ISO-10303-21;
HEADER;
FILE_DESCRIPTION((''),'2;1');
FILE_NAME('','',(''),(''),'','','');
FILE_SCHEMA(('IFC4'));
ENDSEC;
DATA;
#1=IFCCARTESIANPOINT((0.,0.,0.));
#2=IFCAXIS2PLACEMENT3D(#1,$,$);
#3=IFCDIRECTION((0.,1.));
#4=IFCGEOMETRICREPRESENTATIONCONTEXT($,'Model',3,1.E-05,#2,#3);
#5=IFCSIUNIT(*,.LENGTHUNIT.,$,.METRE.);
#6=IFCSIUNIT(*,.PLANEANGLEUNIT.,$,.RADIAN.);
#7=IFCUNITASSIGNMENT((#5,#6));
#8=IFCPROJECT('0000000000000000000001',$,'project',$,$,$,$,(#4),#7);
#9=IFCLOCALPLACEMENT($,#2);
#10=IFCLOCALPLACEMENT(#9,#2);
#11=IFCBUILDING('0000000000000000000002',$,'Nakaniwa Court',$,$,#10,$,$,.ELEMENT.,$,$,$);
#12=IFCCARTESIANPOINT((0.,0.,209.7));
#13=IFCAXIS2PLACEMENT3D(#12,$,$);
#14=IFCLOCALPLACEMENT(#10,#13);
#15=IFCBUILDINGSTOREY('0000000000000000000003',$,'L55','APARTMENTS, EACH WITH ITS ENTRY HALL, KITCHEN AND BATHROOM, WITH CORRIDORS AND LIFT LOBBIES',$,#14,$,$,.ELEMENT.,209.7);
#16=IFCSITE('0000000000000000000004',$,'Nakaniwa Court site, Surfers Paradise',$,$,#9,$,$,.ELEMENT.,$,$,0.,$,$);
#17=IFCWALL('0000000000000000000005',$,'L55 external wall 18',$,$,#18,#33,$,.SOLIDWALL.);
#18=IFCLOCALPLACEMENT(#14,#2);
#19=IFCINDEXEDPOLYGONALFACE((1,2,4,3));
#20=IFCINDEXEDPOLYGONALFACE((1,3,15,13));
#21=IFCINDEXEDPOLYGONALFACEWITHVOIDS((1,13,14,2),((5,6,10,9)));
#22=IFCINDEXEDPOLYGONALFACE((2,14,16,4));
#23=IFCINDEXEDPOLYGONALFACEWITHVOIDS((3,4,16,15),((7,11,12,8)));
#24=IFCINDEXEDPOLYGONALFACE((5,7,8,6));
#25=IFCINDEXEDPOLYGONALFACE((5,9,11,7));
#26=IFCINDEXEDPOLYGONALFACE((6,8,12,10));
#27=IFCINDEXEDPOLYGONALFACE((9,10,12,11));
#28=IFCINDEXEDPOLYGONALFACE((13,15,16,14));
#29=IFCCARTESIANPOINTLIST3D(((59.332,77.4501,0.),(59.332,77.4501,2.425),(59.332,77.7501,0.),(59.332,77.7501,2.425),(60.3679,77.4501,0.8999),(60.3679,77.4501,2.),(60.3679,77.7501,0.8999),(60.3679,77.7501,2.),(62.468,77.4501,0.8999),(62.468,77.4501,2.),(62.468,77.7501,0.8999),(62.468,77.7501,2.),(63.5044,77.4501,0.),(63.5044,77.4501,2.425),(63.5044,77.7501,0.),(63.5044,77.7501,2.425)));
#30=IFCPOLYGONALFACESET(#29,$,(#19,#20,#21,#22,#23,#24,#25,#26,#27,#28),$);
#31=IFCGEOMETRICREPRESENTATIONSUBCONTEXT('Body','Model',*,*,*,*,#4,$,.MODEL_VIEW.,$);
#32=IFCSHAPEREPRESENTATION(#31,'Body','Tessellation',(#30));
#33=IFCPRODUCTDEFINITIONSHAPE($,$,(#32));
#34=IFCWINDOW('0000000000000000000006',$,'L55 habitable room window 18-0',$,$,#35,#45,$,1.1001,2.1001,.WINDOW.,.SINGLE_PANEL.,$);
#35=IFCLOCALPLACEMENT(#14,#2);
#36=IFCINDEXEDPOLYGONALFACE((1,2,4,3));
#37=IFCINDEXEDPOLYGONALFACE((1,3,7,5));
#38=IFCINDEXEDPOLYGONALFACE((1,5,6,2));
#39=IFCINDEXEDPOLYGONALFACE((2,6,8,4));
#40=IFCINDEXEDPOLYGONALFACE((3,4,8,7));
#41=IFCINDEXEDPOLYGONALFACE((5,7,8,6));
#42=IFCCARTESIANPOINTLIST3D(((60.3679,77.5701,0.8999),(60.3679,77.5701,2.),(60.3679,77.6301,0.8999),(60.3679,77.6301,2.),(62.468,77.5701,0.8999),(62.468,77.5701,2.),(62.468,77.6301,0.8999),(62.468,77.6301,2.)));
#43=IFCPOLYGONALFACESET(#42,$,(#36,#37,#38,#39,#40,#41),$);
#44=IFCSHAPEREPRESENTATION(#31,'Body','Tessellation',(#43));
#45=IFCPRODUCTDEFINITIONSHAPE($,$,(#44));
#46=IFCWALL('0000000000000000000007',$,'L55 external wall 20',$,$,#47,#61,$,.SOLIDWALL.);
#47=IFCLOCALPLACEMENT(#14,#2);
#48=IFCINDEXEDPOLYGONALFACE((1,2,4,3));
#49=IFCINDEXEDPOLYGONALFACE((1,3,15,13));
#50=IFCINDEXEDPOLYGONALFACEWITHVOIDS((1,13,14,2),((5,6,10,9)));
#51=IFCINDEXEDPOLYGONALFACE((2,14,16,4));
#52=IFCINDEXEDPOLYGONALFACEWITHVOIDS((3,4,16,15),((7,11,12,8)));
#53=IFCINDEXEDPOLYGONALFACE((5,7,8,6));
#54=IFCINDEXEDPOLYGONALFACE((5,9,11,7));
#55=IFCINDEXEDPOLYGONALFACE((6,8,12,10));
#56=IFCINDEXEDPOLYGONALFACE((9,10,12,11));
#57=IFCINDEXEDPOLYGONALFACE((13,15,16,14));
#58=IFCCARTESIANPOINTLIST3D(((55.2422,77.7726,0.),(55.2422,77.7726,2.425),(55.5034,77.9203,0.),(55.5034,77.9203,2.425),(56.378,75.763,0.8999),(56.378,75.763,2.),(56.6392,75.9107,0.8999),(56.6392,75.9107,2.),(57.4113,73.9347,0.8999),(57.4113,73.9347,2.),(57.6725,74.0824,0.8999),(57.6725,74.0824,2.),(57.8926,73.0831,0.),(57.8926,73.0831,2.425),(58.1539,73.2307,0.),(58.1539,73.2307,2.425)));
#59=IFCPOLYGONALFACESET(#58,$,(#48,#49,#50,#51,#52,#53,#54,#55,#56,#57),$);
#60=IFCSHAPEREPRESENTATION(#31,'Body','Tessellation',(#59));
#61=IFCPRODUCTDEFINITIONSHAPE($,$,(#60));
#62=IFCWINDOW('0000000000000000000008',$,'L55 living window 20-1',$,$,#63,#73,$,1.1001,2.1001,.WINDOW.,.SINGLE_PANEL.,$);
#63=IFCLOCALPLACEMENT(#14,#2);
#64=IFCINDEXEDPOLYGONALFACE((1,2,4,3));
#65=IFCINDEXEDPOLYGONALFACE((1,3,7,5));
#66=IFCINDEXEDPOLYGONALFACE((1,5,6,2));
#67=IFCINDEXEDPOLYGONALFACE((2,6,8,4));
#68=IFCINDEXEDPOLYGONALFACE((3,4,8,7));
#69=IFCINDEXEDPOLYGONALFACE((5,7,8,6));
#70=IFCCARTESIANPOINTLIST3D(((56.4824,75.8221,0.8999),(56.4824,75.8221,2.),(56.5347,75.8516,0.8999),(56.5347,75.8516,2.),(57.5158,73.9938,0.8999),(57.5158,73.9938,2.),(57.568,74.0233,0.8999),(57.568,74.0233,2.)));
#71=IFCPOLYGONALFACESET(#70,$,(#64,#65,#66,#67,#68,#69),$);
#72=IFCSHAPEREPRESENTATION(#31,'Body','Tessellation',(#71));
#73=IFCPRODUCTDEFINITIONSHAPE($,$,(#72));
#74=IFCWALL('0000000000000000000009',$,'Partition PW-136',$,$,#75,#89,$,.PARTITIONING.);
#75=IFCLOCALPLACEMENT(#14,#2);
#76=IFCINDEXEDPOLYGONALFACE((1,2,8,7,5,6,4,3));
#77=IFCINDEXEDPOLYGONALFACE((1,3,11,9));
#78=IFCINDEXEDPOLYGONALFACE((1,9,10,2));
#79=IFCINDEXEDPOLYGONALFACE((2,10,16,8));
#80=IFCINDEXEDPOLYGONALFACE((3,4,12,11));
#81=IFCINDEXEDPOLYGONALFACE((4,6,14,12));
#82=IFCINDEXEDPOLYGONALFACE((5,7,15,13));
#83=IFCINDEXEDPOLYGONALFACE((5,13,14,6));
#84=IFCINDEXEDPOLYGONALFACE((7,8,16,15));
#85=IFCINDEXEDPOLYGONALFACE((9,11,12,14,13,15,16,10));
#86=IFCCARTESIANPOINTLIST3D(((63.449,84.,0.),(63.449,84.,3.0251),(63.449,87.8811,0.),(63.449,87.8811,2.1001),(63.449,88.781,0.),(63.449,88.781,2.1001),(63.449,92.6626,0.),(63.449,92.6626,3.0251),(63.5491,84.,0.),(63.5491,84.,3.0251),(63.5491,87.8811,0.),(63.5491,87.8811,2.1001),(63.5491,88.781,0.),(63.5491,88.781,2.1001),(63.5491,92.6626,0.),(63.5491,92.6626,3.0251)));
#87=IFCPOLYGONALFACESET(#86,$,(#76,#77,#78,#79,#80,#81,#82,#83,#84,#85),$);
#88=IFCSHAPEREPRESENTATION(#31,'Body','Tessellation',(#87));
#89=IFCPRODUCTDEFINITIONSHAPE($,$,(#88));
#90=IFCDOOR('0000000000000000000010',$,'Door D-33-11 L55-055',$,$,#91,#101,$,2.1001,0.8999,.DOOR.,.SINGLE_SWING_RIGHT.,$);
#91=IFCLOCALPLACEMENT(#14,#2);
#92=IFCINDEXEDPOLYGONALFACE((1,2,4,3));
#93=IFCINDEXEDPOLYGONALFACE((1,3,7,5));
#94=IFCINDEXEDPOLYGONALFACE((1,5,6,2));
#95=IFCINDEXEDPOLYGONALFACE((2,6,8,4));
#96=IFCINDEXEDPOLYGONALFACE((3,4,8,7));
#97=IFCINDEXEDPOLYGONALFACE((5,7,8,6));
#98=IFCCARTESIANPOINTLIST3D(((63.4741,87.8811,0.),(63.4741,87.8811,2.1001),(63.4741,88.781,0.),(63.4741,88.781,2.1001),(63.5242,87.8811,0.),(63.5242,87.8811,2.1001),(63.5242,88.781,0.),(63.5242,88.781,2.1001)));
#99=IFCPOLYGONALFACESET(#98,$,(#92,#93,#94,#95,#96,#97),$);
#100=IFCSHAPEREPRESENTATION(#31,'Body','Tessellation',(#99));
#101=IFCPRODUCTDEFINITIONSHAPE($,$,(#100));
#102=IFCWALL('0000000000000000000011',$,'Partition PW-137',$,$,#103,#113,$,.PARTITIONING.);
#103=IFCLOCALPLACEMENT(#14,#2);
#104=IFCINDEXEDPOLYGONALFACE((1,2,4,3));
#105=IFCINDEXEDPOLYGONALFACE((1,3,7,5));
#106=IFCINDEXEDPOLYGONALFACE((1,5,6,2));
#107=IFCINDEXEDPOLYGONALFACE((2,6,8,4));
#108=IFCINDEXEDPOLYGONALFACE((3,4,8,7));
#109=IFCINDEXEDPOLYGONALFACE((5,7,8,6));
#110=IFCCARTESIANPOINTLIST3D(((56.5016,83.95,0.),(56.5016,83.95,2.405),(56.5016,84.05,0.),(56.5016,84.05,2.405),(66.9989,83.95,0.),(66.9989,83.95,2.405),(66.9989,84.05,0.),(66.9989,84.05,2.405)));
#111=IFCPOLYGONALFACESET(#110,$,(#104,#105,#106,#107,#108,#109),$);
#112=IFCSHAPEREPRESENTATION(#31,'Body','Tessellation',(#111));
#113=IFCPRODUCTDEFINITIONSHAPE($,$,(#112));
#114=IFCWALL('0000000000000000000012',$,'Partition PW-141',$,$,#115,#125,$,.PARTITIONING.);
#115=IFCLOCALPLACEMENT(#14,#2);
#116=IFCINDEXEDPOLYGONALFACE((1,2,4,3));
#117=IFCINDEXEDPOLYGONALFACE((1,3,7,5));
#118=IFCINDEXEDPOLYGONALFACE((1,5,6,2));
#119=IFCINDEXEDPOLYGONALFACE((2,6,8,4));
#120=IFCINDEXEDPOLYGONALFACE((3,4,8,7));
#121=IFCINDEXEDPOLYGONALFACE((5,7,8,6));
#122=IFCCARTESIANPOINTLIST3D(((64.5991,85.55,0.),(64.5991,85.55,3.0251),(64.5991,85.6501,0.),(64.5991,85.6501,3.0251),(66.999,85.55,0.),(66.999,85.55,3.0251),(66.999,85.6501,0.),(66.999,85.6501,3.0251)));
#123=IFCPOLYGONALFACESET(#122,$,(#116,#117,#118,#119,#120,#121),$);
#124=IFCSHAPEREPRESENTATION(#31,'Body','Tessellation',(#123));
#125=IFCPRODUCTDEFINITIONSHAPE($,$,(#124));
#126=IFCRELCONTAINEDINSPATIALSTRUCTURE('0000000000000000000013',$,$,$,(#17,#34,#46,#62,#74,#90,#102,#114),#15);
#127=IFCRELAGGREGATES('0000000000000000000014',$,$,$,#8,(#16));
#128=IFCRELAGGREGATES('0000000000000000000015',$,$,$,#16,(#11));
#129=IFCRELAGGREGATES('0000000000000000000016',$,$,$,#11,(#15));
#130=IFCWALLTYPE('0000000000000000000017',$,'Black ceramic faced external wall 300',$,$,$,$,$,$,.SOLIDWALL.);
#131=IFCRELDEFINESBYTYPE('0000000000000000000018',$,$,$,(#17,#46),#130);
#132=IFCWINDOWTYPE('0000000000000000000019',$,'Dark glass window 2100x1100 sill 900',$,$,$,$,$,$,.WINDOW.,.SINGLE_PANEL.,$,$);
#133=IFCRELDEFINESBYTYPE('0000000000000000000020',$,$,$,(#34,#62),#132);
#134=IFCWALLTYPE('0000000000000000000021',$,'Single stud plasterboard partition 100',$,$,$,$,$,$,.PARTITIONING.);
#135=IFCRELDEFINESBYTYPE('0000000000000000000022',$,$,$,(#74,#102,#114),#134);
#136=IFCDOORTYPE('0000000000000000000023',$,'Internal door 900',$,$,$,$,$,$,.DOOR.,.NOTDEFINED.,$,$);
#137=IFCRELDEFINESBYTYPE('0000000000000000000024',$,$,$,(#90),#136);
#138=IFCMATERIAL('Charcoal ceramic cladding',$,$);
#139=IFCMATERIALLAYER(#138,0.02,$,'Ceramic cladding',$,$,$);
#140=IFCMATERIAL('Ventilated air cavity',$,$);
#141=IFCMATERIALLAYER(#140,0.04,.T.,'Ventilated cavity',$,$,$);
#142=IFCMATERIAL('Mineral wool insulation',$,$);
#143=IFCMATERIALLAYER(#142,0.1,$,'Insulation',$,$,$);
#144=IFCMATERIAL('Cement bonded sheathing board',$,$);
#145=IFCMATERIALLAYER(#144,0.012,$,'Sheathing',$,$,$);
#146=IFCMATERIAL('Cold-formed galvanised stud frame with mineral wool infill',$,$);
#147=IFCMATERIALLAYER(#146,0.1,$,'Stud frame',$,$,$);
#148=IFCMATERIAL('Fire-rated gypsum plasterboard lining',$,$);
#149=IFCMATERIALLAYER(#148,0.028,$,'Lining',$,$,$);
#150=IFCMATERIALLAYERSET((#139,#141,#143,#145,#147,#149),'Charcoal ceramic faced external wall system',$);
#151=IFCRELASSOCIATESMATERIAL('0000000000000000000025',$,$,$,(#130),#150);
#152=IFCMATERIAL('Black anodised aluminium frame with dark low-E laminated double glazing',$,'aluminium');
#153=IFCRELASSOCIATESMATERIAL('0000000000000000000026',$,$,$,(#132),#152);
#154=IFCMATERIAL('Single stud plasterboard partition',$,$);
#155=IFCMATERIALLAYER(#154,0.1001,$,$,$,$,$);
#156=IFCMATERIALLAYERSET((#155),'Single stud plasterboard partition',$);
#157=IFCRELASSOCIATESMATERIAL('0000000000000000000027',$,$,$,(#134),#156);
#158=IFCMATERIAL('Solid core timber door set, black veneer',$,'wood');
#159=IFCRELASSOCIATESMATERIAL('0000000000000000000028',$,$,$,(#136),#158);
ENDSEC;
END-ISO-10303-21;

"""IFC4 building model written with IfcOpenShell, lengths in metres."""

from ifc_helpers import new_model, si_unit, direction, frame, frame_2d, origin, place, context, subcontext, project, spatial, rectangle, extrude, material, layer, layer_set, type_object, element, fill, save


model = new_model("IFC4")

# Units and contexts
model_context = context("Model", 3, precision=1e-05, world=origin(), true_north=direction((0.0, 1.0)))
body_context = subcontext(model_context, "Body", "Model", "MODEL_VIEW")
ifc_project = project(units=[si_unit("LENGTHUNIT", "METRE"), si_unit("PLANEANGLEUNIT", "RADIAN")], contexts=[model_context])

# Site, building, storey
site_placement = place(None, origin())
site = spatial("IfcSite", under=ifc_project, at=site_placement, Name="Nakaniwa Court site, Surfers Paradise", CompositionType="ELEMENT", RefElevation=0.0)
building_placement = place(site_placement, origin())
building = spatial("IfcBuilding", under=site, at=building_placement, Name="Nakaniwa Court", CompositionType="ELEMENT")
storey_placement = place(building_placement, frame((0.0, 0.0, 209.7)))
storey = spatial("IfcBuildingStorey", under=building, at=storey_placement, Name="L55", Description="APARTMENTS, EACH WITH ITS ENTRY HALL, KITCHEN AND BATHROOM, WITH CORRIDORS AND LIFT LOBBIES", CompositionType="ELEMENT", Elevation=209.7)

# Walls, openings, windows
ifc_material_1 = material(Name="Charcoal ceramic cladding")
ifc_layer_1 = layer(ifc_material_1, 0.02, Name="Ceramic cladding")
ifc_material_2 = material(Name="Ventilated air cavity")
ifc_layer_2 = layer(ifc_material_2, 0.04, ventilated=True, Name="Ventilated cavity")
ifc_material_3 = material(Name="Mineral wool insulation")
ifc_layer_3 = layer(ifc_material_3, 0.1, Name="Insulation")
ifc_material_4 = material(Name="Cement bonded sheathing board")
ifc_layer_4 = layer(ifc_material_4, 0.012, Name="Sheathing")
ifc_material_5 = material(Name="Cold-formed galvanised stud frame with mineral wool infill")
ifc_layer_5 = layer(ifc_material_5, 0.1, Name="Stud frame")
ifc_material_6 = material(Name="Fire-rated gypsum plasterboard lining")
ifc_layer_6 = layer(ifc_material_6, 0.028, Name="Lining")
ifc_layer_set_1 = layer_set([ifc_layer_1, ifc_layer_2, ifc_layer_3, ifc_layer_4, ifc_layer_5, ifc_layer_6], Name="Charcoal ceramic faced external wall system")
wall_type_1 = type_object("IfcWallType", Name="Black ceramic faced external wall 300", PredefinedType="SOLIDWALL", material=ifc_layer_set_1)
ifc_material_7 = material(Name="Black anodised aluminium frame with dark low-E laminated double glazing", Category="aluminium")
window_type_1 = type_object("IfcWindowType", Name="Dark glass window 2100x1100 sill 900", PartitioningType="SINGLE_PANEL", PredefinedType="WINDOW", material=ifc_material_7)
wall_1_placement = place(storey_placement, frame((63.5044, 77.6001, 0.0), z_axis=(0.0, 0.0, 1.0), x_axis=(-1.0, 0.0, 0.0)))
wall_1 = element("IfcWall", 1, at=wall_1_placement, inside=storey, type_object=wall_type_1, Name="L55 external wall 18", PredefinedType="SOLIDWALL", context=body_context, shape_type="SweptSolid", body=[
    extrude(rectangle(XDim=4.1724, YDim=0.3, at=frame_2d((2.0862, 0.0))), origin(), (0.0, 0.0, 1.0), 2.425),
])
opening_1_placement = place(wall_1_placement, frame((1.0364, 0.0, 0.8999)))
opening_1 = element("IfcOpeningElement", 2, at=opening_1_placement, cuts=wall_1, PredefinedType="OPENING", context=body_context, shape_type="SweptSolid", body=[
    extrude(rectangle(XDim=2.1001, YDim=1.1001, at=frame_2d((1.05, 0.55))), frame((0.0, 0.1599, 0.0), z_axis=(0.0, -1.0, 0.0), x_axis=(1.0, 0.0, 0.0)), (0.0, 0.0, 1.0), 0.3201),
])
window_1_placement = place(opening_1_placement, origin())
window_1 = element("IfcWindow", 3, at=window_1_placement, inside=storey, type_object=window_type_1, Name="L55 habitable room window 18-0", OverallHeight=1.1001, OverallWidth=2.1001, PartitioningType="SINGLE_PANEL", PredefinedType="WINDOW", context=body_context, shape_type="SweptSolid", body=[
    extrude(rectangle(XDim=2.1001, YDim=1.1001, at=frame_2d((1.05, 0.55))), frame((0.0, 0.03, 0.0), z_axis=(0.0, -1.0, 0.0), x_axis=(1.0, 0.0, 0.0)), (0.0, 0.0, 1.0), 0.0601),
])
fill(opening_1, window_1)
wall_2_placement = place(storey_placement, frame((55.3728, 77.8464, 0.0), z_axis=(0.0, 0.0, 1.0), x_axis=(0.492033, -0.870576, 0.0)))
wall_2 = element("IfcWall", 4, at=wall_2_placement, inside=storey, type_object=wall_type_1, Name="L55 external wall 20", PredefinedType="SOLIDWALL", context=body_context, shape_type="SweptSolid", body=[
    extrude(rectangle(XDim=5.3867, YDim=0.3, at=frame_2d((2.6934, 0.0))), origin(), (0.0, 0.0, 1.0), 2.425),
])
opening_2_placement = place(wall_2_placement, frame((2.3083, 0.0, 0.8999)))
opening_2 = element("IfcOpeningElement", 5, at=opening_2_placement, cuts=wall_2, PredefinedType="OPENING", context=body_context, shape_type="SweptSolid", body=[
    extrude(rectangle(XDim=2.1001, YDim=1.1001, at=frame_2d((1.05, 0.55))), frame((0.0, 0.1599, 0.0), z_axis=(0.0, -1.0, 0.0), x_axis=(1.0, 0.0, 0.0)), (0.0, 0.0, 1.0), 0.3201),
])
window_2_placement = place(opening_2_placement, origin())
window_2 = element("IfcWindow", 6, at=window_2_placement, inside=storey, type_object=window_type_1, Name="L55 living window 20-1", OverallHeight=1.1001, OverallWidth=2.1001, PartitioningType="SINGLE_PANEL", PredefinedType="WINDOW", context=body_context, shape_type="SweptSolid", body=[
    extrude(rectangle(XDim=2.1001, YDim=1.1001, at=frame_2d((1.05, 0.55))), frame((0.0, 0.03, 0.0), z_axis=(0.0, -1.0, 0.0), x_axis=(1.0, 0.0, 0.0)), (0.0, 0.0, 1.0), 0.0601),
])
fill(opening_2, window_2)

# Wall, opening, door
ifc_material_8 = material(Name="Single stud plasterboard partition")
ifc_layer_7 = layer(ifc_material_8, 0.1001)
ifc_layer_set_2 = layer_set([ifc_layer_7], Name="Single stud plasterboard partition")
wall_type_2 = type_object("IfcWallType", Name="Single stud plasterboard partition 100", PredefinedType="PARTITIONING", material=ifc_layer_set_2)
wall_3_placement = place(storey_placement, frame((63.499, 84.0, 0.0), z_axis=(0.0, 0.0, 1.0), x_axis=(0.0, 1.0, 0.0)))
wall_3 = element("IfcWall", 7, at=wall_3_placement, inside=storey, type_object=wall_type_2, Name="Partition PW-136", PredefinedType="PARTITIONING", context=body_context, shape_type="SweptSolid", body=[
    extrude(rectangle(XDim=8.6626, YDim=0.1001, at=frame_2d((4.3313, 0.0))), origin(), (0.0, 0.0, 1.0), 3.0251),
])
opening_3_placement = place(wall_3_placement, frame((3.8811, 0.0, 0.0)))
opening_3 = element("IfcOpeningElement", 8, at=opening_3_placement, cuts=wall_3, PredefinedType="OPENING", context=body_context, shape_type="SweptSolid", body=[
    extrude(rectangle(XDim=0.8999, YDim=2.1001, at=frame_2d((0.45, 1.05))), frame((0.0, 0.0601, 0.0), z_axis=(0.0, -1.0, 0.0), x_axis=(1.0, 0.0, 0.0)), (0.0, 0.0, 1.0), 0.1201),
])
ifc_material_9 = material(Name="Solid core timber door set, black veneer", Category="wood")
door_type = type_object("IfcDoorType", Name="Internal door 900", OperationType="NOTDEFINED", PredefinedType="DOOR", material=ifc_material_9)
door_placement = place(opening_3_placement, origin())
door = element("IfcDoor", 9, at=door_placement, inside=storey, type_object=door_type, Name="Door D-33-11 L55-055", OperationType="SINGLE_SWING_RIGHT", OverallHeight=2.1001, OverallWidth=0.8999, PredefinedType="DOOR", context=body_context, shape_type="SweptSolid", body=[
    extrude(rectangle(XDim=0.8999, YDim=2.1001, at=frame_2d((0.45, 1.05))), frame((0.0, 0.0249, 0.0), z_axis=(0.0, -1.0, 0.0), x_axis=(1.0, 0.0, 0.0)), (0.0, 0.0, 1.0), 0.05),
])
fill(opening_3, door)

# Walls
wall_4_placement = place(storey_placement, frame((56.5017, 84.0, 0.0), z_axis=(0.0, 0.0, 1.0), x_axis=(1.0, 0.0, 0.0)))
element("IfcWall", 10, at=wall_4_placement, inside=storey, type_object=wall_type_2, Name="Partition PW-137", PredefinedType="PARTITIONING", context=body_context, shape_type="SweptSolid", body=[
    extrude(rectangle(XDim=10.4973, YDim=0.1001, at=frame_2d((5.2485, 0.0))), origin(), (0.0, 0.0, 1.0), 2.405),
])
wall_5_placement = place(storey_placement, frame((64.5991, 85.6001, 0.0), z_axis=(0.0, 0.0, 1.0), x_axis=(1.0, 0.0, 0.0)))
element("IfcWall", 11, at=wall_5_placement, inside=storey, type_object=wall_type_2, Name="Partition PW-141", PredefinedType="PARTITIONING", context=body_context, shape_type="SweptSolid", body=[
    extrude(rectangle(XDim=2.3999, YDim=0.1001, at=frame_2d((1.2, 0.0))), origin(), (0.0, 0.0, 1.0), 3.0251),
])

save(model, "model.ifc")
